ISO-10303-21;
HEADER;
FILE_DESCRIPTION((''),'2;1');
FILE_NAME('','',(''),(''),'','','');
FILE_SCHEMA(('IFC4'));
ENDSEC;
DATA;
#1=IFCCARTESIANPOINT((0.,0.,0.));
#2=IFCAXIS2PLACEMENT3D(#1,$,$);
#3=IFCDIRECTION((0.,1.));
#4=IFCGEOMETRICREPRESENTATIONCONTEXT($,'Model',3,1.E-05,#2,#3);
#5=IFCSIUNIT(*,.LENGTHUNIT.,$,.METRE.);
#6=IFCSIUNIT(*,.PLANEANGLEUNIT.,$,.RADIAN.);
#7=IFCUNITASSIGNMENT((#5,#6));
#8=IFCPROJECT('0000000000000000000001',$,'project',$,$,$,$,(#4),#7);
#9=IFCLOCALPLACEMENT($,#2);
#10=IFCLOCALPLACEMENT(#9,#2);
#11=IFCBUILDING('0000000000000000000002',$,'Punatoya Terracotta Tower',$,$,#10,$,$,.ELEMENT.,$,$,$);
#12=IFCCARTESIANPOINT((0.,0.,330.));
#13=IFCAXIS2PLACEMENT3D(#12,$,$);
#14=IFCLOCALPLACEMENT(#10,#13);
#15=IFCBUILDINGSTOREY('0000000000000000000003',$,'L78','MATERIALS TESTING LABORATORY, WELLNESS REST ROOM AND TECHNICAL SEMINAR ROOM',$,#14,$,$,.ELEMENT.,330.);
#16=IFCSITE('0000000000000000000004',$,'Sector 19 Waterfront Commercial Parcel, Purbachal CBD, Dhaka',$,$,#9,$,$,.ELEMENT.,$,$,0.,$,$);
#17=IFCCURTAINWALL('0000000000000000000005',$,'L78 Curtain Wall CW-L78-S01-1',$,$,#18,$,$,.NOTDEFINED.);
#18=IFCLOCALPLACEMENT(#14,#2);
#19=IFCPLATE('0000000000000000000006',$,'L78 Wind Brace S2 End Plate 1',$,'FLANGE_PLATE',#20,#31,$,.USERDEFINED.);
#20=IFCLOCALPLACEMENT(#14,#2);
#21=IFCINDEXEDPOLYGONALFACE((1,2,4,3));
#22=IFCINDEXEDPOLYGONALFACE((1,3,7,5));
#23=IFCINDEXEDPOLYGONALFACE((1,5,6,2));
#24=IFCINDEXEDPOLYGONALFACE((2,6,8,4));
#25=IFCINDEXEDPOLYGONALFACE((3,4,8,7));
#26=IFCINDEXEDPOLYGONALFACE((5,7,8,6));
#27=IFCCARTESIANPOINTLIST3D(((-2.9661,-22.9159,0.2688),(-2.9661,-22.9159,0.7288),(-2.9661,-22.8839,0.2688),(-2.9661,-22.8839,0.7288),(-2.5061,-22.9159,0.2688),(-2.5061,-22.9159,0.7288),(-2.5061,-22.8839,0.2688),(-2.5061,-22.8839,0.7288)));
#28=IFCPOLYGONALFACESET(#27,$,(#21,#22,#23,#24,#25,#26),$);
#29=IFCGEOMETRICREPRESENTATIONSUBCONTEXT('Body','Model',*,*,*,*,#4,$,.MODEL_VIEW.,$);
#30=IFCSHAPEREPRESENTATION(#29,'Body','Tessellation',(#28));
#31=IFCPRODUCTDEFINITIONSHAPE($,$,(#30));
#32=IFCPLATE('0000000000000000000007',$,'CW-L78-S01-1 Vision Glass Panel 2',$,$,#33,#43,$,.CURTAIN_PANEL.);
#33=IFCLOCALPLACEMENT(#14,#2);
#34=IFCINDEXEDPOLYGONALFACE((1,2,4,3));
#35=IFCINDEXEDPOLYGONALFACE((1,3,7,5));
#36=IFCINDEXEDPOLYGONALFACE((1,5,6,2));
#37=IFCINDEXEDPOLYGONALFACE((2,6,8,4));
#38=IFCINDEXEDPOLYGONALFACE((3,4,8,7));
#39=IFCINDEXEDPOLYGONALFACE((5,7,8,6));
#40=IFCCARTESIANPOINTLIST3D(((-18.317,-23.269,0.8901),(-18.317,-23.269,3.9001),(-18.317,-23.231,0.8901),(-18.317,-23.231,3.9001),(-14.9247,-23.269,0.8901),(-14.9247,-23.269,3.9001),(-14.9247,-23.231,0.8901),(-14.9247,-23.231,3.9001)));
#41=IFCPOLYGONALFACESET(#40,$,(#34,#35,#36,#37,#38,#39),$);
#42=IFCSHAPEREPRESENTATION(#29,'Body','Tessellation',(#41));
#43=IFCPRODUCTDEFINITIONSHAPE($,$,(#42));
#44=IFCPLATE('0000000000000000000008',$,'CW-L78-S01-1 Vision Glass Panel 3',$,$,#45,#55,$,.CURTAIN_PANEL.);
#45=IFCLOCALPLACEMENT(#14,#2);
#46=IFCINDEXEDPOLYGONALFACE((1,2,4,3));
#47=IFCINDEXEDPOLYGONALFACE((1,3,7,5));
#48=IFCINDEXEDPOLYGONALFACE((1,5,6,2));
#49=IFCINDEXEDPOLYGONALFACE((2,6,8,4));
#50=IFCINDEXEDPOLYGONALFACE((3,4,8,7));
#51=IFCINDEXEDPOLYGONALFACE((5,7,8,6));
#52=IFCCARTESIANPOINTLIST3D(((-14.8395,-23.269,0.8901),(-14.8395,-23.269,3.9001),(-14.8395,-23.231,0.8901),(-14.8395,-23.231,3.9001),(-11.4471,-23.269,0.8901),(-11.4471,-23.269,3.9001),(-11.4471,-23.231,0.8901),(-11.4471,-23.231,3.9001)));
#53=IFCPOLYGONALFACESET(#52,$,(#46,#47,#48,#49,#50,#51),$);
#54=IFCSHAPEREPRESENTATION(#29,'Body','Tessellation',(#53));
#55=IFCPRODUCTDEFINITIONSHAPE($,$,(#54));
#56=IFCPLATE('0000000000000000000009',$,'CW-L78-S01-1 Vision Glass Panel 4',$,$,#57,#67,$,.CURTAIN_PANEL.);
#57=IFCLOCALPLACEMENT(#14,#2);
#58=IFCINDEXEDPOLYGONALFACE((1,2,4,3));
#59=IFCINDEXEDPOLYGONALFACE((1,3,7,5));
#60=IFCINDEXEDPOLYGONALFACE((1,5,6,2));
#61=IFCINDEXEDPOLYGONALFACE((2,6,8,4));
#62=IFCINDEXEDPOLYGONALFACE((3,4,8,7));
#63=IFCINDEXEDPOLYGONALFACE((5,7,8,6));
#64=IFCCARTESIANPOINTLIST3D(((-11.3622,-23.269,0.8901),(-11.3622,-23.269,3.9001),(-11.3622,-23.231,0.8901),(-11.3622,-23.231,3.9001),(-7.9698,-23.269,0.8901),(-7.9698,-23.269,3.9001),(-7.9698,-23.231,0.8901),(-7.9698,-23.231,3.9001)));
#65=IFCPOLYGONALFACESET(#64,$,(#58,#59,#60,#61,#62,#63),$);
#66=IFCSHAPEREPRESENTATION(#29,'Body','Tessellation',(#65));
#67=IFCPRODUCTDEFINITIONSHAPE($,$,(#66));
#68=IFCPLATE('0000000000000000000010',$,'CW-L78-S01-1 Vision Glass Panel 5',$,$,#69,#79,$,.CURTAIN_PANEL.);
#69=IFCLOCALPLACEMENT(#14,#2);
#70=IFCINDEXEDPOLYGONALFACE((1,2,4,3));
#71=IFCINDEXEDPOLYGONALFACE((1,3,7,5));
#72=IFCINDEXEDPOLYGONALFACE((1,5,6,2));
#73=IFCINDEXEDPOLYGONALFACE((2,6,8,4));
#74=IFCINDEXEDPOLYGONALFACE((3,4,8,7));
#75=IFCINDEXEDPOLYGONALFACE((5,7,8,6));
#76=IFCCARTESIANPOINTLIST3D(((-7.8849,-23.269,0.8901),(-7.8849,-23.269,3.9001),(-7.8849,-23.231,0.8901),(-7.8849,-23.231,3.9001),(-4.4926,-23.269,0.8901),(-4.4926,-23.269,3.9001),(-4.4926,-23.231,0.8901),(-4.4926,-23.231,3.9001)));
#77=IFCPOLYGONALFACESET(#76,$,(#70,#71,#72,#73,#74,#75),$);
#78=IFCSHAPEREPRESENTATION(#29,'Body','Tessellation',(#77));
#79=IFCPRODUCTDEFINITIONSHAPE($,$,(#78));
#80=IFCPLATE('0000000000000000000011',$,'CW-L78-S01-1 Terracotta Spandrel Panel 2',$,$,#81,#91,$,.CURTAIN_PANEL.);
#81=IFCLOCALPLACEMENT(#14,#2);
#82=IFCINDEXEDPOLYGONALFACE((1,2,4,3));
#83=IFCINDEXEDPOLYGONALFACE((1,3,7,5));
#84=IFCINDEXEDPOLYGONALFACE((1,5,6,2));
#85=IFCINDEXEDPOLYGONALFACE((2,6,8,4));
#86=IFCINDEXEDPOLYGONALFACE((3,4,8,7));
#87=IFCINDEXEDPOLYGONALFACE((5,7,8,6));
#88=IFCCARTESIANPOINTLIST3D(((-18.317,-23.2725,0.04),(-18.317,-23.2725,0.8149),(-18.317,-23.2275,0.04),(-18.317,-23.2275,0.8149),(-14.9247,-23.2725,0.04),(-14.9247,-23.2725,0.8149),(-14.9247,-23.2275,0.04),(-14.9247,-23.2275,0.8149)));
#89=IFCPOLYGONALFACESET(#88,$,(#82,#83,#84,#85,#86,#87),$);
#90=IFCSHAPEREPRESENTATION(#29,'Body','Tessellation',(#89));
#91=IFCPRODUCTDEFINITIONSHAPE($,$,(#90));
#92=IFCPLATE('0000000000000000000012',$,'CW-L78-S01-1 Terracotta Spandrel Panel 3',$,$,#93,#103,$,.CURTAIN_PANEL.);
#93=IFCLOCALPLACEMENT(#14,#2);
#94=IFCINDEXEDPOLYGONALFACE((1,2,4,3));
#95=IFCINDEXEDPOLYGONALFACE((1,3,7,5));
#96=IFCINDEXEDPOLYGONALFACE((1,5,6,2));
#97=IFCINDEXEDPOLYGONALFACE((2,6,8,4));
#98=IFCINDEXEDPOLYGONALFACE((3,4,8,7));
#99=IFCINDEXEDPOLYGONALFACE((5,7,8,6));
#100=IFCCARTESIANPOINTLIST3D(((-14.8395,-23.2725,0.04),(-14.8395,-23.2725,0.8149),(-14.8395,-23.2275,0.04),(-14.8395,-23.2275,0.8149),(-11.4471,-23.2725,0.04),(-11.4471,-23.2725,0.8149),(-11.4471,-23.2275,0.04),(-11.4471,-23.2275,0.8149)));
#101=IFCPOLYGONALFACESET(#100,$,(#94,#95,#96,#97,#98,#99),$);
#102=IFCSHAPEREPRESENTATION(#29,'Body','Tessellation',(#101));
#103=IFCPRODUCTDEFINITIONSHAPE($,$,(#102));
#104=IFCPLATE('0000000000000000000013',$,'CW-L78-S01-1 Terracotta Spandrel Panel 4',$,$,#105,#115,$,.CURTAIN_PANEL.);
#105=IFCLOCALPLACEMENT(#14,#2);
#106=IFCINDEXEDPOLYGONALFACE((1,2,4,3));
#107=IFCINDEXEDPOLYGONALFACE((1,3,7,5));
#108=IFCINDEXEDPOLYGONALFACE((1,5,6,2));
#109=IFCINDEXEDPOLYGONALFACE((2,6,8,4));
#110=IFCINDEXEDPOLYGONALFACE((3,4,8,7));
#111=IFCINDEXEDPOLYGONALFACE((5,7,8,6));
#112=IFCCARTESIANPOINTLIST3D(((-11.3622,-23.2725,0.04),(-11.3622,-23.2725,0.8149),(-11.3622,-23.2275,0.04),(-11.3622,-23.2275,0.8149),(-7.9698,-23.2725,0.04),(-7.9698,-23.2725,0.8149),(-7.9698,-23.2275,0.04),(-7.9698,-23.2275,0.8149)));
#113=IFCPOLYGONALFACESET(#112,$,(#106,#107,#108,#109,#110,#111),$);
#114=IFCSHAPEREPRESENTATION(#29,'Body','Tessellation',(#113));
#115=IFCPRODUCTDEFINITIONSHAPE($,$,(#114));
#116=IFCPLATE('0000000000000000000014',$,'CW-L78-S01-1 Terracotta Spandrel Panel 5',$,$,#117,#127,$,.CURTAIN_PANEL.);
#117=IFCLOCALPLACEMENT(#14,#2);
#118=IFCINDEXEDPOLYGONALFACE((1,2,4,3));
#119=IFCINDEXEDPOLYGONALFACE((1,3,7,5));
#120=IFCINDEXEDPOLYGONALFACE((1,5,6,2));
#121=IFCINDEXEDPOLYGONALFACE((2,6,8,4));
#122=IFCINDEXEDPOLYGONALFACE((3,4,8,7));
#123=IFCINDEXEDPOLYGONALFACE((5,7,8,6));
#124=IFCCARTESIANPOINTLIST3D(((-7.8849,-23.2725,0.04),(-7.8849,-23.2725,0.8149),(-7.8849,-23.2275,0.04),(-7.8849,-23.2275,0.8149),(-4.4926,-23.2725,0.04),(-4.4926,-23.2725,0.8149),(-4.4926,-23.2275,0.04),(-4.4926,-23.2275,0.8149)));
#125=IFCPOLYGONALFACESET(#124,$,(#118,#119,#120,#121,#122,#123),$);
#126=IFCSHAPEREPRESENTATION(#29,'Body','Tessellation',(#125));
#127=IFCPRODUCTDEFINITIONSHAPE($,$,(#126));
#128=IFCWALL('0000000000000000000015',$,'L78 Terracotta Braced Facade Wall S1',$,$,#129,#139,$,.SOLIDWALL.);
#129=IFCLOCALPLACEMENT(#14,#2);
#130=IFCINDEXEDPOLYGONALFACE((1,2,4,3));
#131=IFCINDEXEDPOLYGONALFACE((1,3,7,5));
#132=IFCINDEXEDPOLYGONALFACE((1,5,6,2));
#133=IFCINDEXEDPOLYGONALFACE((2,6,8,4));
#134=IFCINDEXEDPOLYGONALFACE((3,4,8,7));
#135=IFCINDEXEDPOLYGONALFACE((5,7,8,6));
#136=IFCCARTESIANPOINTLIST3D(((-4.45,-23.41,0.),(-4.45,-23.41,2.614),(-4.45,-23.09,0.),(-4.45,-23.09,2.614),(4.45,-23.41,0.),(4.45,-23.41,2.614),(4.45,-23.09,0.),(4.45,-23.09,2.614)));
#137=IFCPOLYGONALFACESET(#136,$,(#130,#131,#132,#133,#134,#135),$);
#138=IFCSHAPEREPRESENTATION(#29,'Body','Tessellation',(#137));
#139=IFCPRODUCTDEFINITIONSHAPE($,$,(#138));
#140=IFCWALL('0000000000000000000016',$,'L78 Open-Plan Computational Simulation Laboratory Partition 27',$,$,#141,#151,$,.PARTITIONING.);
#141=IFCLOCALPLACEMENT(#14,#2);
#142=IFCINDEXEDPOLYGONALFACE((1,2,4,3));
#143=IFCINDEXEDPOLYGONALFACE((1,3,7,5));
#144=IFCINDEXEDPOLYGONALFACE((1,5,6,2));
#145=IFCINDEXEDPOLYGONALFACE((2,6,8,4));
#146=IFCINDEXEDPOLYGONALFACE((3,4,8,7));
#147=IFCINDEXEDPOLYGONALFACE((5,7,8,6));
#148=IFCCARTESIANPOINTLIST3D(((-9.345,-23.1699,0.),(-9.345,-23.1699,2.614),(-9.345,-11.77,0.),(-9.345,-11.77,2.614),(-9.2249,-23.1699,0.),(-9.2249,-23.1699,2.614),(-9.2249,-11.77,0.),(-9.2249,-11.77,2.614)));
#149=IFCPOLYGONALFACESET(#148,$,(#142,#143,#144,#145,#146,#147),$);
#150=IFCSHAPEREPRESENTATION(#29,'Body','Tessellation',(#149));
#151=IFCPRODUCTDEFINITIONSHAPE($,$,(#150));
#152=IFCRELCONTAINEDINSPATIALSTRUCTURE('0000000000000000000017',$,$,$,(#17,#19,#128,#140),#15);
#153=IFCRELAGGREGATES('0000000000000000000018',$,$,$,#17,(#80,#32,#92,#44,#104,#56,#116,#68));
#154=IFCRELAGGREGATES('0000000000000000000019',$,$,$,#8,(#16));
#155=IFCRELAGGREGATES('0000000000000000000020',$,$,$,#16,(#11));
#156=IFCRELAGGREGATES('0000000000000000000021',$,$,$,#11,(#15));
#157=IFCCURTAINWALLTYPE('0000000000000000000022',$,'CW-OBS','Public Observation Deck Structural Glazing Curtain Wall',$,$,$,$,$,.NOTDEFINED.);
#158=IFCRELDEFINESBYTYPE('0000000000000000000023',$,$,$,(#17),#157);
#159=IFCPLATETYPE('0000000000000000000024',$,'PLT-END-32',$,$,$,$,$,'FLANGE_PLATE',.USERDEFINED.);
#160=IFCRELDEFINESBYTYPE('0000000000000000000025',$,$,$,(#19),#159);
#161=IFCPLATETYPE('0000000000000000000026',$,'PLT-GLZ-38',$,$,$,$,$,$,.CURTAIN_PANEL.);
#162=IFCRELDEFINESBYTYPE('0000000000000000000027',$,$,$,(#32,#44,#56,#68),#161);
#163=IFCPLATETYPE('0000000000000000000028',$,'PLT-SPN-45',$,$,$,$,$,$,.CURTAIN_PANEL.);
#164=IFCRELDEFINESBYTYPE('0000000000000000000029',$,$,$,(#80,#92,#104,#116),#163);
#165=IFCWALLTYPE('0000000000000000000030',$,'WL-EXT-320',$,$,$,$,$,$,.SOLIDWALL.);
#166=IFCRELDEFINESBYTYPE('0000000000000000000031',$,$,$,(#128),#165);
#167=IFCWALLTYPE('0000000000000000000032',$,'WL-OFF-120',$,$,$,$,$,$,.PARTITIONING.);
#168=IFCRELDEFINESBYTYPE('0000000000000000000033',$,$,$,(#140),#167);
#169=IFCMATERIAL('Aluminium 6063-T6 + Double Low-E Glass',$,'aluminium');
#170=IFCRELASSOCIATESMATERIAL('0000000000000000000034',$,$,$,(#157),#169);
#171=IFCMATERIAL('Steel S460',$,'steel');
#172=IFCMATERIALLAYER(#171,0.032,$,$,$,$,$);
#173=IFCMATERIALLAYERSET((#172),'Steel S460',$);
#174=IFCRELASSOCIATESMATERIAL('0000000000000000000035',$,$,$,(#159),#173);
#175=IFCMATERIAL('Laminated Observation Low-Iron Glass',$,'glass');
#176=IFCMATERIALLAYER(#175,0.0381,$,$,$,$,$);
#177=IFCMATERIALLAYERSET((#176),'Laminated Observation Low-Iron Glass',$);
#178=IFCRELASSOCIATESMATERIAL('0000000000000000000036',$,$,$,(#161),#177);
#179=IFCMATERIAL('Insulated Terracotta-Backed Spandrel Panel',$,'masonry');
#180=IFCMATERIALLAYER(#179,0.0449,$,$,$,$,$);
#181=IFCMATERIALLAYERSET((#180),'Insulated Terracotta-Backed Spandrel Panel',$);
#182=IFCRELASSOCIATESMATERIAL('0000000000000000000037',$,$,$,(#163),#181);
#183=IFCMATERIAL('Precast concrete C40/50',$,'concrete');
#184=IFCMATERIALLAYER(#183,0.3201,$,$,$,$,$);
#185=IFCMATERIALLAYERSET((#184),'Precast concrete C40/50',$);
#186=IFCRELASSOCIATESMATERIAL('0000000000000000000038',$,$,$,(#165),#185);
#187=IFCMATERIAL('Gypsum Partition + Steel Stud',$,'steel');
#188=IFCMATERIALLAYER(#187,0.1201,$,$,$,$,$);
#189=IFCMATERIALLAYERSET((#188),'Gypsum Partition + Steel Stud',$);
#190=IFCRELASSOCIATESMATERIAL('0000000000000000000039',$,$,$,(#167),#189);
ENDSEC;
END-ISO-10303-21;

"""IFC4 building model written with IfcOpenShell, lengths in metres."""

from ifc_helpers import new_model, si_unit, direction, frame, frame_2d, origin, origin_2d, place, context, subcontext, project, spatial, rectangle, extrude, material, layer, layer_set, type_object, element, aggregate, save


model = new_model("IFC4")

# Units and contexts
model_context = context("Model", 3, precision=1e-05, world=origin(), true_north=direction((0.0, 1.0)))
body_context = subcontext(model_context, "Body", "Model", "MODEL_VIEW")
ifc_project = project(units=[si_unit("LENGTHUNIT", "METRE"), si_unit("PLANEANGLEUNIT", "RADIAN")], contexts=[model_context])

# Site, building, storey
site_placement = place(None, origin())
site = spatial("IfcSite", under=ifc_project, at=site_placement, Name="Sector 19 Waterfront Commercial Parcel, Purbachal CBD, Dhaka", CompositionType="ELEMENT", RefElevation=0.0)
building_placement = place(site_placement, origin())
building = spatial("IfcBuilding", under=site, at=building_placement, Name="Punatoya Terracotta Tower", CompositionType="ELEMENT")
storey_placement = place(building_placement, frame((0.0, 0.0, 330.0)))
storey = spatial("IfcBuildingStorey", under=building, at=storey_placement, Name="L78", Description="MATERIALS TESTING LABORATORY, WELLNESS REST ROOM AND TECHNICAL SEMINAR ROOM", CompositionType="ELEMENT", Elevation=330.0)

# Shared definitions
ifc_material_1 = material(Name="Steel S460", Category="steel")

# Curtain wall
ifc_material_2 = material(Name="Aluminium 6063-T6 + Double Low-E Glass", Category="aluminium")
curtain_wall_type = type_object("IfcCurtainWallType", Name="CW-OBS", Description="Public Observation Deck Structural Glazing Curtain Wall", PredefinedType="NOTDEFINED", material=ifc_material_2)
curtain_wall_placement = place(storey_placement, origin())
curtain_wall = element("IfcCurtainWall", 1, at=curtain_wall_placement, inside=storey, type_object=curtain_wall_type, Name="L78 Curtain Wall CW-L78-S01-1", PredefinedType="NOTDEFINED")

# Plates
ifc_layer_1 = layer(ifc_material_1, 0.032)
ifc_layer_set_1 = layer_set([ifc_layer_1], Name="Steel S460")
plate_type_1 = type_object("IfcPlateType", Name="PLT-END-32", ElementType="FLANGE_PLATE", PredefinedType="USERDEFINED", material=ifc_layer_set_1)
plate_1_placement = place(storey_placement, frame((-2.7361, -22.8999, 0.2688), z_axis=(0.0, 0.0, 1.0), x_axis=(1.0, 0.0, 0.0)))
element("IfcPlate", 2, at=plate_1_placement, inside=storey, type_object=plate_type_1, Name="L78 Wind Brace S2 End Plate 1", ObjectType="FLANGE_PLATE", PredefinedType="USERDEFINED", context=body_context, shape_type="SweptSolid", body=[
    extrude(rectangle(XDim=0.46, YDim=0.032, at=origin_2d()), origin(), (0.0, 0.0, 1.0), 0.46),
])
ifc_material_3 = material(Name="Laminated Observation Low-Iron Glass", Category="glass")
ifc_layer_2 = layer(ifc_material_3, 0.0381)
ifc_layer_set_2 = layer_set([ifc_layer_2], Name="Laminated Observation Low-Iron Glass")
plate_type_2 = type_object("IfcPlateType", Name="PLT-GLZ-38", PredefinedType="CURTAIN_PANEL", material=ifc_layer_set_2)
plate_2_placement = place(storey_placement, frame((-16.6208, -23.25, 0.8901), z_axis=(0.0, 0.0, 1.0), x_axis=(1.0, 0.0, 0.0)))
plate_2 = element("IfcPlate", 3, at=plate_2_placement, type_object=plate_type_2, Name="CW-L78-S01-1 Vision Glass Panel 2", PredefinedType="CURTAIN_PANEL", context=body_context, shape_type="SweptSolid", body=[
    extrude(rectangle(XDim=3.3923, YDim=0.0381, at=origin_2d()), origin(), (0.0, 0.0, 1.0), 3.01),
])
plate_3_placement = place(storey_placement, frame((-13.1433, -23.25, 0.8901), z_axis=(0.0, 0.0, 1.0), x_axis=(1.0, 0.0, 0.0)))
plate_3 = element("IfcPlate", 4, at=plate_3_placement, type_object=plate_type_2, Name="CW-L78-S01-1 Vision Glass Panel 3", PredefinedType="CURTAIN_PANEL", context=body_context, shape_type="SweptSolid", body=[
    extrude(rectangle(XDim=3.3923, YDim=0.0381, at=origin_2d()), origin(), (0.0, 0.0, 1.0), 3.01),
])
plate_4_placement = place(storey_placement, frame((-9.666, -23.25, 0.8901), z_axis=(0.0, 0.0, 1.0), x_axis=(1.0, 0.0, 0.0)))
plate_4 = element("IfcPlate", 5, at=plate_4_placement, type_object=plate_type_2, Name="CW-L78-S01-1 Vision Glass Panel 4", PredefinedType="CURTAIN_PANEL", context=body_context, shape_type="SweptSolid", body=[
    extrude(rectangle(XDim=3.3923, YDim=0.0381, at=origin_2d()), origin(), (0.0, 0.0, 1.0), 3.01),
])
plate_5_placement = place(storey_placement, frame((-6.1887, -23.25, 0.8901), z_axis=(0.0, 0.0, 1.0), x_axis=(1.0, 0.0, 0.0)))
plate_5 = element("IfcPlate", 6, at=plate_5_placement, type_object=plate_type_2, Name="CW-L78-S01-1 Vision Glass Panel 5", PredefinedType="CURTAIN_PANEL", context=body_context, shape_type="SweptSolid", body=[
    extrude(rectangle(XDim=3.3923, YDim=0.0381, at=origin_2d()), origin(), (0.0, 0.0, 1.0), 3.01),
])
ifc_material_4 = material(Name="Insulated Terracotta-Backed Spandrel Panel", Category="masonry")
ifc_layer_3 = layer(ifc_material_4, 0.0449)
ifc_layer_set_3 = layer_set([ifc_layer_3], Name="Insulated Terracotta-Backed Spandrel Panel")
plate_type_3 = type_object("IfcPlateType", Name="PLT-SPN-45", PredefinedType="CURTAIN_PANEL", material=ifc_layer_set_3)
plate_6_placement = place(storey_placement, frame((-16.6208, -23.25, 0.04), z_axis=(0.0, 0.0, 1.0), x_axis=(1.0, 0.0, 0.0)))
plate_6 = element("IfcPlate", 7, at=plate_6_placement, type_object=plate_type_3, Name="CW-L78-S01-1 Terracotta Spandrel Panel 2", PredefinedType="CURTAIN_PANEL", context=body_context, shape_type="SweptSolid", body=[
    extrude(rectangle(XDim=3.3923, YDim=0.0449, at=origin_2d()), origin(), (0.0, 0.0, 1.0), 0.7749),
])
plate_7_placement = place(storey_placement, frame((-13.1433, -23.25, 0.04), z_axis=(0.0, 0.0, 1.0), x_axis=(1.0, 0.0, 0.0)))
plate_7 = element("IfcPlate", 8, at=plate_7_placement, type_object=plate_type_3, Name="CW-L78-S01-1 Terracotta Spandrel Panel 3", PredefinedType="CURTAIN_PANEL", context=body_context, shape_type="SweptSolid", body=[
    extrude(rectangle(XDim=3.3923, YDim=0.0449, at=origin_2d()), origin(), (0.0, 0.0, 1.0), 0.7749),
])
plate_8_placement = place(storey_placement, frame((-9.666, -23.25, 0.04), z_axis=(0.0, 0.0, 1.0), x_axis=(1.0, 0.0, 0.0)))
plate_8 = element("IfcPlate", 9, at=plate_8_placement, type_object=plate_type_3, Name="CW-L78-S01-1 Terracotta Spandrel Panel 4", PredefinedType="CURTAIN_PANEL", context=body_context, shape_type="SweptSolid", body=[
    extrude(rectangle(XDim=3.3923, YDim=0.0449, at=origin_2d()), origin(), (0.0, 0.0, 1.0), 0.7749),
])
plate_9_placement = place(storey_placement, frame((-6.1887, -23.25, 0.04), z_axis=(0.0, 0.0, 1.0), x_axis=(1.0, 0.0, 0.0)))
plate_9 = element("IfcPlate", 10, at=plate_9_placement, type_object=plate_type_3, Name="CW-L78-S01-1 Terracotta Spandrel Panel 5", PredefinedType="CURTAIN_PANEL", context=body_context, shape_type="SweptSolid", body=[
    extrude(rectangle(XDim=3.3923, YDim=0.0449, at=origin_2d()), origin(), (0.0, 0.0, 1.0), 0.7749),
])
aggregate(curtain_wall, [plate_6, plate_2, plate_7, plate_3, plate_8, plate_4, plate_9, plate_5])

# Walls
ifc_material_5 = material(Name="Precast concrete C40/50", Category="concrete")
ifc_layer_4 = layer(ifc_material_5, 0.3201)
ifc_layer_set_4 = layer_set([ifc_layer_4], Name="Precast concrete C40/50")
wall_type_1 = type_object("IfcWallType", Name="WL-EXT-320", PredefinedType="SOLIDWALL", material=ifc_layer_set_4)
wall_1_placement = place(storey_placement, frame((-4.45, -23.25, 0.0), z_axis=(0.0, 0.0, 1.0), x_axis=(1.0, 0.0, 0.0)))
element("IfcWall", 11, at=wall_1_placement, inside=storey, type_object=wall_type_1, Name="L78 Terracotta Braced Facade Wall S1", PredefinedType="SOLIDWALL", context=body_context, shape_type="SweptSolid", body=[
    extrude(rectangle(XDim=8.8999, YDim=0.3201, at=frame_2d((4.45, 0.0))), origin(), (0.0, 0.0, 1.0), 2.614),
])
ifc_material_6 = material(Name="Gypsum Partition + Steel Stud", Category="steel")
ifc_layer_5 = layer(ifc_material_6, 0.1201)
ifc_layer_set_5 = layer_set([ifc_layer_5], Name="Gypsum Partition + Steel Stud")
wall_type_2 = type_object("IfcWallType", Name="WL-OFF-120", PredefinedType="PARTITIONING", material=ifc_layer_set_5)
wall_2_placement = place(storey_placement, frame((-9.2849, -23.1699, 0.0), z_axis=(0.0, 0.0, 1.0), x_axis=(0.0, 1.0, 0.0)))
element("IfcWall", 12, at=wall_2_placement, inside=storey, type_object=wall_type_2, Name="L78 Open-Plan Computational Simulation Laboratory Partition 27", PredefinedType="PARTITIONING", context=body_context, shape_type="SweptSolid", body=[
    extrude(rectangle(XDim=11.3999, YDim=0.1201, at=frame_2d((5.7, 0.0))), origin(), (0.0, 0.0, 1.0), 2.614),
])

save(model, "model.ifc")
